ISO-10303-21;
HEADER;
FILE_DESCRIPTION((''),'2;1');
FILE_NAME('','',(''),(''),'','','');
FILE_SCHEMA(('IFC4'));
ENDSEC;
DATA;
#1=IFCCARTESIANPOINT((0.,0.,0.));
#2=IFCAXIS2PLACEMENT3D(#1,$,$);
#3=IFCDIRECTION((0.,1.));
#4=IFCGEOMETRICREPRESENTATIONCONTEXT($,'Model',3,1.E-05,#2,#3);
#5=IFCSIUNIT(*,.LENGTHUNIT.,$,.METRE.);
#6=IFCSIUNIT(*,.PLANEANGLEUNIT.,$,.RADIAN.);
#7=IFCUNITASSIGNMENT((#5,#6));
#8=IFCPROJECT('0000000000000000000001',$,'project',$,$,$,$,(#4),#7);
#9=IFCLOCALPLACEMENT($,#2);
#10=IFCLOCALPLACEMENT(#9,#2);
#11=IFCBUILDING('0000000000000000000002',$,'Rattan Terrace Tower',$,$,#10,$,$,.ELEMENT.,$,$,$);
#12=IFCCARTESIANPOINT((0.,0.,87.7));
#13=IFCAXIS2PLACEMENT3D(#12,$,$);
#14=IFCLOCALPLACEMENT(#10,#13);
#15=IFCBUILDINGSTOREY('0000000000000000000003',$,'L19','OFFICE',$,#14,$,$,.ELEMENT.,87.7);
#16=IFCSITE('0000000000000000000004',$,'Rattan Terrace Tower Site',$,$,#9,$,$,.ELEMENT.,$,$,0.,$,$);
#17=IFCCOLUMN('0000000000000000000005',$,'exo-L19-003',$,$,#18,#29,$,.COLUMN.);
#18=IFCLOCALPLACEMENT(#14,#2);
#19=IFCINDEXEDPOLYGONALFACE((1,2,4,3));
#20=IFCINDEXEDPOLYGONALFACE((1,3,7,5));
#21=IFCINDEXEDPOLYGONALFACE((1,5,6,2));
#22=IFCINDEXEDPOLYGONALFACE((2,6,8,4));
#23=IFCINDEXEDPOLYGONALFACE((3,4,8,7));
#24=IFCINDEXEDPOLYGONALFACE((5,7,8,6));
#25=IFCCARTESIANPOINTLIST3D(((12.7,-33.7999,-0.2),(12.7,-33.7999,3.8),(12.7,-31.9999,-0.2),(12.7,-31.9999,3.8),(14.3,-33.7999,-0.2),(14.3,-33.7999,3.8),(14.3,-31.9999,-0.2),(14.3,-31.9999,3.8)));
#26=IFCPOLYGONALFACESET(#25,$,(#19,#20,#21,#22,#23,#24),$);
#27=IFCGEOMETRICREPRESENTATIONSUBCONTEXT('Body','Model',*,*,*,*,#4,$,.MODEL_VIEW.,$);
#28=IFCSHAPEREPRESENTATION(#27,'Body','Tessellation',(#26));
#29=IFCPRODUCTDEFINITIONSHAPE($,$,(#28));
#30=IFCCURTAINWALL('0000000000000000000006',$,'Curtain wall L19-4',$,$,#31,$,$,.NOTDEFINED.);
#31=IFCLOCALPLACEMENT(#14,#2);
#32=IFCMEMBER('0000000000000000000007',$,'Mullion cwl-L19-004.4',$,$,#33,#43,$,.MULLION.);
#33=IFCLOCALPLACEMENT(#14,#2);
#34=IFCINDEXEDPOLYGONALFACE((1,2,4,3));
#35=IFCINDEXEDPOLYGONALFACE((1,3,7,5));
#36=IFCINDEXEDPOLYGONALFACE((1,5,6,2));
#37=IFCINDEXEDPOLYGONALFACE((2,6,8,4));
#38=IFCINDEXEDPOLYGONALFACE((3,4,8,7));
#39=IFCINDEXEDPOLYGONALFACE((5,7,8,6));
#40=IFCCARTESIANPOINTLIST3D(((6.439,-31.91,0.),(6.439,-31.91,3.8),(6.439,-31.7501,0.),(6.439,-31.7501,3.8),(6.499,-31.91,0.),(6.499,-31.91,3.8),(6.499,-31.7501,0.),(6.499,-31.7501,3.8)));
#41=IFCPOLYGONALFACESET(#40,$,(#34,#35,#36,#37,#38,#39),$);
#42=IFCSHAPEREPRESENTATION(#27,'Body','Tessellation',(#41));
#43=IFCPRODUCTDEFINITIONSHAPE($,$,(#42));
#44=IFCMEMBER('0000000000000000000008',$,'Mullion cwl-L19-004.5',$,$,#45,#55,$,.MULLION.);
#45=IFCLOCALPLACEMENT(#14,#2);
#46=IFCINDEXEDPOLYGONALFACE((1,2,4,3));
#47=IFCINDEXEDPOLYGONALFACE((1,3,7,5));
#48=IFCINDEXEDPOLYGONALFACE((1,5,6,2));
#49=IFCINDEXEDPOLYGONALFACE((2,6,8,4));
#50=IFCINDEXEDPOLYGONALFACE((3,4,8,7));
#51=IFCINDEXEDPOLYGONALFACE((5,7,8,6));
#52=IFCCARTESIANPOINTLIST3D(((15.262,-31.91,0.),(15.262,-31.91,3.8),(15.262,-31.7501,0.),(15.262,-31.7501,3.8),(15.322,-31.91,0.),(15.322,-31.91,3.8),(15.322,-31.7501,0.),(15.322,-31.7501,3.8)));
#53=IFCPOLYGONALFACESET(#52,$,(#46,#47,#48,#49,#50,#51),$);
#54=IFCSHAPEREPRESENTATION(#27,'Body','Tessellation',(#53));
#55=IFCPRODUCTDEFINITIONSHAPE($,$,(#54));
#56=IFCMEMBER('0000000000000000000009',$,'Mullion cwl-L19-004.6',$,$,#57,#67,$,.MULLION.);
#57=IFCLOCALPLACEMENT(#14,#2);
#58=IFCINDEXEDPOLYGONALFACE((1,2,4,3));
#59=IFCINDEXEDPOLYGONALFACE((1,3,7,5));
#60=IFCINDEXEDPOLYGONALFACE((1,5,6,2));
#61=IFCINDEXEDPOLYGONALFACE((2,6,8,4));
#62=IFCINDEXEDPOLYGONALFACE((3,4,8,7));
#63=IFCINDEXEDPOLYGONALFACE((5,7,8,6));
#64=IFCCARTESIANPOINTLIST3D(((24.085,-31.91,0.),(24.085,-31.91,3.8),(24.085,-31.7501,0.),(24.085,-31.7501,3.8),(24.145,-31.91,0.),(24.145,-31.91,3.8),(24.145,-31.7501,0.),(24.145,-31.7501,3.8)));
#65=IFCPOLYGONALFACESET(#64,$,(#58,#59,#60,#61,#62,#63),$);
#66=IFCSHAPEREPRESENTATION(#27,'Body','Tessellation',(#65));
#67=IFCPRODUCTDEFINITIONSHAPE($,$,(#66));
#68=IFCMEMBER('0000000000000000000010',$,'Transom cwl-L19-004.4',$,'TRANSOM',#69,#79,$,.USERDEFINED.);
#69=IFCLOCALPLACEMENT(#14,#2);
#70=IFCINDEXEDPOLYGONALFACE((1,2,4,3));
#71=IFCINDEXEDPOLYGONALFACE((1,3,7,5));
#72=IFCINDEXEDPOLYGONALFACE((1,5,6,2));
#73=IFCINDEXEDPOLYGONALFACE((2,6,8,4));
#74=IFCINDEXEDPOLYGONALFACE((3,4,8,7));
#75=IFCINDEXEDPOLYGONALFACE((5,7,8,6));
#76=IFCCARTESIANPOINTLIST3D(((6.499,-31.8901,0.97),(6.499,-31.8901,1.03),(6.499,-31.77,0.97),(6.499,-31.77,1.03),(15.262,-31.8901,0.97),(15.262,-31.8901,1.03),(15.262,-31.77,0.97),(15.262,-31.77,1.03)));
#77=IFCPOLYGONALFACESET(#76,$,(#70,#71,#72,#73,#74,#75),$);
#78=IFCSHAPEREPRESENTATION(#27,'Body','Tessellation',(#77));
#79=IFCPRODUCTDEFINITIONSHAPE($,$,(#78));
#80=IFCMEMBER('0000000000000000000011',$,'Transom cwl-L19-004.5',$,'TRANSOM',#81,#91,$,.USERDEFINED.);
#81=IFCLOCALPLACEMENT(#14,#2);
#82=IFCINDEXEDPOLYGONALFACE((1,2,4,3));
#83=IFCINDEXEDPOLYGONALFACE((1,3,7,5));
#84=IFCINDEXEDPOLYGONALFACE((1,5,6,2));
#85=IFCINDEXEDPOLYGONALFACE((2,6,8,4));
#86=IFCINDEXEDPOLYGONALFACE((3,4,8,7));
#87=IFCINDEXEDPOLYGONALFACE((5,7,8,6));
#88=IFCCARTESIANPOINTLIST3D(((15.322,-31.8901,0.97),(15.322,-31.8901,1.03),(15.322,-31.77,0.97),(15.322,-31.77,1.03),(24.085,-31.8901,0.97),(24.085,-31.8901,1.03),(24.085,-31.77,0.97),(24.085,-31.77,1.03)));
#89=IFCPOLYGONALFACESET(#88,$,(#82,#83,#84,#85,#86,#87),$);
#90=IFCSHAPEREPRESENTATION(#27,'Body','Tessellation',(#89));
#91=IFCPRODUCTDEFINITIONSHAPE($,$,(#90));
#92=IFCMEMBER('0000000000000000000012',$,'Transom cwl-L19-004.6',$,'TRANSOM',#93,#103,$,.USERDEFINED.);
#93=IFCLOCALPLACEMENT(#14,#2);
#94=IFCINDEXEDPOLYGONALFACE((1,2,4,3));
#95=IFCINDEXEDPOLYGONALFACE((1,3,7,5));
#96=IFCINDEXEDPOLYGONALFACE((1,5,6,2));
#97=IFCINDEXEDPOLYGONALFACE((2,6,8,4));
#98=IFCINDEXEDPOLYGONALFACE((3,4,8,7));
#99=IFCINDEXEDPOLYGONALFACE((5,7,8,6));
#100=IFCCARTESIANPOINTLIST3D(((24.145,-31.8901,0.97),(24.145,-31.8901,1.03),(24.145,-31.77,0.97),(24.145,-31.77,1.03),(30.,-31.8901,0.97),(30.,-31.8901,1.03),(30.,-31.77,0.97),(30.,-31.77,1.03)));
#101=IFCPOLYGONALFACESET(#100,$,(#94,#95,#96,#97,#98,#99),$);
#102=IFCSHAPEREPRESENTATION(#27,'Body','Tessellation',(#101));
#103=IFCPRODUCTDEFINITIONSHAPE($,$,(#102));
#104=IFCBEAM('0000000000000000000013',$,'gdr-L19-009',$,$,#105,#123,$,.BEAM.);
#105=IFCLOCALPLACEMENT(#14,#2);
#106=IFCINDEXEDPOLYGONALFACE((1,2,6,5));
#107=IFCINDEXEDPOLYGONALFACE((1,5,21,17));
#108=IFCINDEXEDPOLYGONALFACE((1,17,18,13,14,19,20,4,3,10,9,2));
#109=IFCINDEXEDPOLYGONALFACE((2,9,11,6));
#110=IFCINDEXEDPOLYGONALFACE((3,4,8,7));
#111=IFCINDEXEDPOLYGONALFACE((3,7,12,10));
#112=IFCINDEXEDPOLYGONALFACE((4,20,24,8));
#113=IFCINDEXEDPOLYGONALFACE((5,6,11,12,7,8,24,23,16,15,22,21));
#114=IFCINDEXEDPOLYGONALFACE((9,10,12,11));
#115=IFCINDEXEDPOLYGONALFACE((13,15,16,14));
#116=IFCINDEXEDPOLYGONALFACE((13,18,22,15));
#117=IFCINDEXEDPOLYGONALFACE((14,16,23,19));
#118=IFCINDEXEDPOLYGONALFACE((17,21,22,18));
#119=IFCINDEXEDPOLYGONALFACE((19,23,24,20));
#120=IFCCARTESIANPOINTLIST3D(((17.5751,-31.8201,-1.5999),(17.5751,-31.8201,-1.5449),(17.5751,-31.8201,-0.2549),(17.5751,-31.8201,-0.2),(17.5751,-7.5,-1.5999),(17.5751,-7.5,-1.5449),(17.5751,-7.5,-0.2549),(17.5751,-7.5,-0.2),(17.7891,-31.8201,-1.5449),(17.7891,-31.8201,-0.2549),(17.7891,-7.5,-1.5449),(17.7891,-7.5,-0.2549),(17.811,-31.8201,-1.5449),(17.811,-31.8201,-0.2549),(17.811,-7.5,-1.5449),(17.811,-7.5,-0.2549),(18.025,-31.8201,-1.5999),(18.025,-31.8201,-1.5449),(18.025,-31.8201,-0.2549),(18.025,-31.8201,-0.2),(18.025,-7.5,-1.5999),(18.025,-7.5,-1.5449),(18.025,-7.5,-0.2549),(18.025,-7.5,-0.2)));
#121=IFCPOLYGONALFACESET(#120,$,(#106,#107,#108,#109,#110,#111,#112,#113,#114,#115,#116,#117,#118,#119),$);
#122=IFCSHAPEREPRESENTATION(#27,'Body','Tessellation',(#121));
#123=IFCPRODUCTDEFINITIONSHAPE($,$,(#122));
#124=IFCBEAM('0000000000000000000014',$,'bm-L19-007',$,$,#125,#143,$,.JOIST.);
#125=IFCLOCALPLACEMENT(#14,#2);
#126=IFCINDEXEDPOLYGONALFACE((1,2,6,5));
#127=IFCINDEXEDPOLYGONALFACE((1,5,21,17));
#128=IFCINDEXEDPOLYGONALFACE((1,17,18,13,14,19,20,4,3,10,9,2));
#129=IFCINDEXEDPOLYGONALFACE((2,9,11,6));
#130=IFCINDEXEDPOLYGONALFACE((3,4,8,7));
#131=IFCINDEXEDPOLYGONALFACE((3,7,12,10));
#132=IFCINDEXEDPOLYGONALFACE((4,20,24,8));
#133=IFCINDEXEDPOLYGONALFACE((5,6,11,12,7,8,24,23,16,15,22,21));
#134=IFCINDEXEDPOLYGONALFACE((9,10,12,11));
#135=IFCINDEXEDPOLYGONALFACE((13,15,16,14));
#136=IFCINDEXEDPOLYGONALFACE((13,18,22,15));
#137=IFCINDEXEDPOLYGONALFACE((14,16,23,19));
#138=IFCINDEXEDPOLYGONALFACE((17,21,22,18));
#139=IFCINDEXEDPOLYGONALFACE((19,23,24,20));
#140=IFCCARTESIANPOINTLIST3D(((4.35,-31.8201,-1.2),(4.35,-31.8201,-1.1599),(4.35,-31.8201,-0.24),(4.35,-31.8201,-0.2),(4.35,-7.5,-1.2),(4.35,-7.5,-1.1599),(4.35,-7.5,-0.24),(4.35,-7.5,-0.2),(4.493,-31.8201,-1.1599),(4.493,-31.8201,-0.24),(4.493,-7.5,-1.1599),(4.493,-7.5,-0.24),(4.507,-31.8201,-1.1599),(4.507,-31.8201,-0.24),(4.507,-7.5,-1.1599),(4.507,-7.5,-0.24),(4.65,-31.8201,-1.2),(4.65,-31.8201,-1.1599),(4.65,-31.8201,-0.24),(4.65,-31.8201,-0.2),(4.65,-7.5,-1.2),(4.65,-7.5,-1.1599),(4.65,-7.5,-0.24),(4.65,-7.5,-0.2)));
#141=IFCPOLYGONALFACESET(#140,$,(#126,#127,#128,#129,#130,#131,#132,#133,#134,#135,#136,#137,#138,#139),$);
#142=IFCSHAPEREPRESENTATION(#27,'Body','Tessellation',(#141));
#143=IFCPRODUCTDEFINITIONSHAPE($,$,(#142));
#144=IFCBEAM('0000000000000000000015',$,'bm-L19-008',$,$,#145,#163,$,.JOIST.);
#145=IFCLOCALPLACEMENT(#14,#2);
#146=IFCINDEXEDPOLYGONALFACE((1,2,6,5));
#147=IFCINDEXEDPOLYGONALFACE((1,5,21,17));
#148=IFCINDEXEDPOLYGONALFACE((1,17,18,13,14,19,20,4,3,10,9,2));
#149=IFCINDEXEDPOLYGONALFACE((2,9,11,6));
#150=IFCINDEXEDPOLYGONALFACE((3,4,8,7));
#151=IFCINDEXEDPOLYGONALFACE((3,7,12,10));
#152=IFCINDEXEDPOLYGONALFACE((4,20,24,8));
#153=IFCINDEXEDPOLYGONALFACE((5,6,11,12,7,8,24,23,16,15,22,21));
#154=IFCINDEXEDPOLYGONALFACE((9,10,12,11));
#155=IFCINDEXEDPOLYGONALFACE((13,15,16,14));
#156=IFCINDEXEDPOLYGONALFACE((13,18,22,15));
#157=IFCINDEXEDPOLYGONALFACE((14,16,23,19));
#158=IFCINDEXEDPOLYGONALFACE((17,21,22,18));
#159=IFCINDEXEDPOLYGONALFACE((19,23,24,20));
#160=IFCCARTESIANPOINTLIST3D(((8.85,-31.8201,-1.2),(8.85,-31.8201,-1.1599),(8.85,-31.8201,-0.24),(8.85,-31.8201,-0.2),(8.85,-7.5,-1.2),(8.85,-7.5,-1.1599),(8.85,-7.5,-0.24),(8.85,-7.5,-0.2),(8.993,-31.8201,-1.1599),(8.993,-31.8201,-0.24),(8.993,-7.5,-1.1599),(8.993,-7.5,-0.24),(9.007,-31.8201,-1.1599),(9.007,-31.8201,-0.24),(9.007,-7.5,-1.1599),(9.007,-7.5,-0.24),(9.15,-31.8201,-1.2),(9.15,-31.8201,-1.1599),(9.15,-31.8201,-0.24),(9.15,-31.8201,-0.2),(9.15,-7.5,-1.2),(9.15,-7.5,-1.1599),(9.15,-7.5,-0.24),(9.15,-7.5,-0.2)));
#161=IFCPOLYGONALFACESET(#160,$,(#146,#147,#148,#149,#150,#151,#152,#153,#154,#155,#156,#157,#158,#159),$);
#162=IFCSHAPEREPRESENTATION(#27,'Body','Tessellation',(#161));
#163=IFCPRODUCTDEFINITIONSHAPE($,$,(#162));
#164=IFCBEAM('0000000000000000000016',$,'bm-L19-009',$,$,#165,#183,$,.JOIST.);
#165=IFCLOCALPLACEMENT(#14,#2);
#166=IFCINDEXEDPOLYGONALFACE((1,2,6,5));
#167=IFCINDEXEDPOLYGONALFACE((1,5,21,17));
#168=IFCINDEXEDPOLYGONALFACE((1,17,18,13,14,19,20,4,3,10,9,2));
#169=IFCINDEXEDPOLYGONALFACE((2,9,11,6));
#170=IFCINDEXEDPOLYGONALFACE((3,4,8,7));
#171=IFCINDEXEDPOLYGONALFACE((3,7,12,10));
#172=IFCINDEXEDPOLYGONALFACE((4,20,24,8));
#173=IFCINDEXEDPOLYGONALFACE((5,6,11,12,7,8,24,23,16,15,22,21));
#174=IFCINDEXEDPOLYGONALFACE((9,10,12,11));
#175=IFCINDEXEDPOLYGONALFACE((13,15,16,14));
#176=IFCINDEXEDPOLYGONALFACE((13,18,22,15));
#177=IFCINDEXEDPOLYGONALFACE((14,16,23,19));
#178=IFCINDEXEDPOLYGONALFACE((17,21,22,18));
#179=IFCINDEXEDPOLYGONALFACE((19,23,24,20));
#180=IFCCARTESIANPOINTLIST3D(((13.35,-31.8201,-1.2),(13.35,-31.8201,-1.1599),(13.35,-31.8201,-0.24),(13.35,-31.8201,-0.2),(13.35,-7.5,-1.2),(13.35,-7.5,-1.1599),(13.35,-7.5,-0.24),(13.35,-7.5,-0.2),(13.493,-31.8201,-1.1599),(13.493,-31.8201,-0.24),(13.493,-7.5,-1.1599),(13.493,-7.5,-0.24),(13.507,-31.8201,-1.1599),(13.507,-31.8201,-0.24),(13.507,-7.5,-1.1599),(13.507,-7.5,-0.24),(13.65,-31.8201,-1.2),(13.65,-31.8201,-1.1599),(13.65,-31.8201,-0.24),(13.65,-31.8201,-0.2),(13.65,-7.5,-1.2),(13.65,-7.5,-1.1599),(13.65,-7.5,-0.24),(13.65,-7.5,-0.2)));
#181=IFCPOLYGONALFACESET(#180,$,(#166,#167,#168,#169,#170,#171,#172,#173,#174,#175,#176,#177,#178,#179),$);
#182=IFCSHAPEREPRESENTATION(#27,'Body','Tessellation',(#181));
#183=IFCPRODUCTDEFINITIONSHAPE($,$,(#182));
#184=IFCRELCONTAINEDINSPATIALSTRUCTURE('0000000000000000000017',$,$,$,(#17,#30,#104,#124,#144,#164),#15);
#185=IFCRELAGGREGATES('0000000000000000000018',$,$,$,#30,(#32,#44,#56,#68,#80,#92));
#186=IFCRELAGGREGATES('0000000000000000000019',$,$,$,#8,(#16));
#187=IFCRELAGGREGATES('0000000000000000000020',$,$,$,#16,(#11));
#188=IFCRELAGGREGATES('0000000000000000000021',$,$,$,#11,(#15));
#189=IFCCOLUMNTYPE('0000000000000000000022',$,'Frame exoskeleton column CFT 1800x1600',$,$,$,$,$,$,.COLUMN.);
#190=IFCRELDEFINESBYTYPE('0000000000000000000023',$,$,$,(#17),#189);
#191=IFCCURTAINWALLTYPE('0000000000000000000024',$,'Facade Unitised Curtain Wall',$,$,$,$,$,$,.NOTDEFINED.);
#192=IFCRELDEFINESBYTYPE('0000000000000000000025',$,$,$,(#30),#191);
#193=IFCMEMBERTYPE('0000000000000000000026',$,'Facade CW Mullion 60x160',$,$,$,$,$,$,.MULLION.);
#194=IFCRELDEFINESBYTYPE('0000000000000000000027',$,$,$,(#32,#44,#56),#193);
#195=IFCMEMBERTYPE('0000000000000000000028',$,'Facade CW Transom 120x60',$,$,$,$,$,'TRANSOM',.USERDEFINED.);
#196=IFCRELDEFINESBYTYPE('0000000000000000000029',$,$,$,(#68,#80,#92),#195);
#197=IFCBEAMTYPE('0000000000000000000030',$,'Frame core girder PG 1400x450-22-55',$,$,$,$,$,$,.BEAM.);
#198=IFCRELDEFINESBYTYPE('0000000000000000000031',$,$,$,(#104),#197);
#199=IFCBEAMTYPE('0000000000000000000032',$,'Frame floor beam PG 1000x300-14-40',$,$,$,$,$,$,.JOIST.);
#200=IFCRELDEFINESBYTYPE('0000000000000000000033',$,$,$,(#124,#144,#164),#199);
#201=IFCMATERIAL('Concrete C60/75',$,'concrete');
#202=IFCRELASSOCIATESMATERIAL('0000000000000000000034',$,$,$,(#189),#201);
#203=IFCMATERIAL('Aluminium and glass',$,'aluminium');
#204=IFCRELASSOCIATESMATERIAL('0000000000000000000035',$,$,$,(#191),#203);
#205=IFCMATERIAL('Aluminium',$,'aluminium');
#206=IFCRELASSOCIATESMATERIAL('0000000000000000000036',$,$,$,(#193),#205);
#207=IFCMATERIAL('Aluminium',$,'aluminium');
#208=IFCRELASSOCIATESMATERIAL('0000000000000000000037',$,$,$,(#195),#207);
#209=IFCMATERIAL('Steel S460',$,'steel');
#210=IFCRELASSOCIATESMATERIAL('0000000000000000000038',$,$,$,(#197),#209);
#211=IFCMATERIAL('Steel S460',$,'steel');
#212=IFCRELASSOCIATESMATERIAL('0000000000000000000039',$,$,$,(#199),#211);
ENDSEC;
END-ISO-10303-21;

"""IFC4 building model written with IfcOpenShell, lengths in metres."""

from ifc_helpers import new_model, si_unit, direction, frame, origin, origin_2d, place, context, subcontext, project, spatial, rectangle, i_section, extrude, material, material_profile, profile_set, type_object, element, aggregate, save


model = new_model("IFC4")

# Units and contexts
model_context = context("Model", 3, precision=1e-05, world=origin(), true_north=direction((0.0, 1.0)))
body_context = subcontext(model_context, "Body", "Model", "MODEL_VIEW")
ifc_project = project(units=[si_unit("LENGTHUNIT", "METRE"), si_unit("PLANEANGLEUNIT", "RADIAN")], contexts=[model_context])

# Site, building, storey
site_placement = place(None, origin())
site = spatial("IfcSite", under=ifc_project, at=site_placement, Name="Rattan Terrace Tower Site", CompositionType="ELEMENT", RefElevation=0.0)
building_placement = place(site_placement, origin())
building = spatial("IfcBuilding", under=site, at=building_placement, Name="Rattan Terrace Tower", CompositionType="ELEMENT")
storey_placement = place(building_placement, frame((0.0, 0.0, 87.7)))
storey = spatial("IfcBuildingStorey", under=building, at=storey_placement, Name="L19", Description="OFFICE", CompositionType="ELEMENT", Elevation=87.7)

# Column
ifc_material_1 = material(Name="Concrete C60/75", Category="concrete")
ifc_material_profile_1 = material_profile(ifc_material_1, rectangle(XDim=1.6001, YDim=1.8, at=origin_2d()), Name="CFT 1800x1600")
ifc_profile_set_1 = profile_set([ifc_material_profile_1], Name="Concrete C60/75")
column_type = type_object("IfcColumnType", Name="Frame exoskeleton column CFT 1800x1600", PredefinedType="COLUMN", material=ifc_profile_set_1)
column_placement = place(storey_placement, frame((13.5, -32.8999, -0.2), z_axis=(0.0, 0.0, 1.0), x_axis=(1.0, 0.0, 0.0)))
element("IfcColumn", 1, at=column_placement, inside=storey, type_object=column_type, Name="exo-L19-003", PredefinedType="COLUMN", context=body_context, shape_type="SweptSolid", body=[
    extrude(rectangle(XDim=1.6001, YDim=1.8, at=origin_2d()), origin(), (0.0, 0.0, 1.0), 4.0),
])

# Curtain wall, members
ifc_material_2 = material(Name="Aluminium and glass", Category="aluminium")
curtain_wall_type = type_object("IfcCurtainWallType", Name="Facade Unitised Curtain Wall", PredefinedType="NOTDEFINED", material=ifc_material_2)
curtain_wall_placement = place(storey_placement, origin())
curtain_wall = element("IfcCurtainWall", 2, at=curtain_wall_placement, inside=storey, type_object=curtain_wall_type, Name="Curtain wall L19-4", PredefinedType="NOTDEFINED")
ifc_material_3 = material(Name="Aluminium", Category="aluminium")
ifc_material_profile_2 = material_profile(ifc_material_3, rectangle(XDim=0.0601, YDim=0.1599, at=origin_2d()), Name="Aluminium 60x160")
ifc_profile_set_2 = profile_set([ifc_material_profile_2], Name="Aluminium")
member_type_1 = type_object("IfcMemberType", Name="Facade CW Mullion 60x160", PredefinedType="MULLION", material=ifc_profile_set_2)
member_1_placement = place(storey_placement, frame((6.469, -31.8301, 0.0), z_axis=(0.0, 0.0, 1.0), x_axis=(1.0, 0.0, 0.0)))
member_1 = element("IfcMember", 3, at=member_1_placement, type_object=member_type_1, Name="Mullion cwl-L19-004.4", PredefinedType="MULLION", context=body_context, shape_type="SweptSolid", body=[
    extrude(rectangle(XDim=0.0601, YDim=0.1599, at=origin_2d()), origin(), (0.0, 0.0, 1.0), 3.8),
])
member_2_placement = place(storey_placement, frame((15.292, -31.8301, 0.0), z_axis=(0.0, 0.0, 1.0), x_axis=(1.0, 0.0, 0.0)))
member_2 = element("IfcMember", 4, at=member_2_placement, type_object=member_type_1, Name="Mullion cwl-L19-004.5", PredefinedType="MULLION", context=body_context, shape_type="SweptSolid", body=[
    extrude(rectangle(XDim=0.0601, YDim=0.1599, at=origin_2d()), origin(), (0.0, 0.0, 1.0), 3.8),
])
member_3_placement = place(storey_placement, frame((24.115, -31.8301, 0.0), z_axis=(0.0, 0.0, 1.0), x_axis=(1.0, 0.0, 0.0)))
member_3 = element("IfcMember", 5, at=member_3_placement, type_object=member_type_1, Name="Mullion cwl-L19-004.6", PredefinedType="MULLION", context=body_context, shape_type="SweptSolid", body=[
    extrude(rectangle(XDim=0.0601, YDim=0.1599, at=origin_2d()), origin(), (0.0, 0.0, 1.0), 3.8),
])
ifc_material_4 = material(Name="Aluminium", Category="aluminium")
ifc_material_profile_3 = material_profile(ifc_material_4, rectangle(XDim=0.1201, YDim=0.0601, at=origin_2d()), Name="Aluminium 120x60")
ifc_profile_set_3 = profile_set([ifc_material_profile_3], Name="Aluminium")
member_type_2 = type_object("IfcMemberType", Name="Facade CW Transom 120x60", ElementType="TRANSOM", PredefinedType="USERDEFINED", material=ifc_profile_set_3)
member_4_placement = place(storey_placement, frame((6.499, -31.8301, 1.0), z_axis=(1.0, 0.0, 0.0), x_axis=(0.0, 1.0, 0.0)))
member_4 = element("IfcMember", 6, at=member_4_placement, type_object=member_type_2, Name="Transom cwl-L19-004.4", ObjectType="TRANSOM", PredefinedType="USERDEFINED", context=body_context, shape_type="SweptSolid", body=[
    extrude(rectangle(XDim=0.1201, YDim=0.0601, at=origin_2d()), origin(), (0.0, 0.0, 1.0), 8.7629),
])
member_5_placement = place(storey_placement, frame((15.322, -31.8301, 1.0), z_axis=(1.0, 0.0, 0.0), x_axis=(0.0, 1.0, 0.0)))
member_5 = element("IfcMember", 7, at=member_5_placement, type_object=member_type_2, Name="Transom cwl-L19-004.5", ObjectType="TRANSOM", PredefinedType="USERDEFINED", context=body_context, shape_type="SweptSolid", body=[
    extrude(rectangle(XDim=0.1201, YDim=0.0601, at=origin_2d()), origin(), (0.0, 0.0, 1.0), 8.7629),
])
member_6_placement = place(storey_placement, frame((24.145, -31.8301, 1.0), z_axis=(1.0, 0.0, 0.0), x_axis=(0.0, 1.0, 0.0)))
member_6 = element("IfcMember", 8, at=member_6_placement, type_object=member_type_2, Name="Transom cwl-L19-004.6", ObjectType="TRANSOM", PredefinedType="USERDEFINED", context=body_context, shape_type="SweptSolid", body=[
    extrude(rectangle(XDim=0.1201, YDim=0.0601, at=origin_2d()), origin(), (0.0, 0.0, 1.0), 5.855),
])

# Beams
ifc_material_5 = material(Name="Steel S460", Category="steel")
ifc_material_profile_4 = material_profile(ifc_material_5, i_section(OverallWidth=0.45, OverallDepth=1.3999, WebThickness=0.022, FlangeThickness=0.0549, at=origin_2d()), Name="PG 1400x450-22-55")
ifc_profile_set_4 = profile_set([ifc_material_profile_4], Name="Steel S460")
beam_type_1 = type_object("IfcBeamType", Name="Frame core girder PG 1400x450-22-55", PredefinedType="BEAM", material=ifc_profile_set_4)
beam_placement = place(storey_placement, frame((17.8, -31.8201, -0.8999), z_axis=(0.0, 1.0, 0.0), x_axis=(-1.0, 0.0, 0.0)))
element("IfcBeam", 9, at=beam_placement, inside=storey, type_object=beam_type_1, Name="gdr-L19-009", PredefinedType="BEAM", context=body_context, shape_type="SweptSolid", body=[
    extrude(i_section(OverallWidth=0.45, OverallDepth=1.3999, WebThickness=0.022, FlangeThickness=0.0549, at=origin_2d()), origin(), (0.0, 0.0, 1.0), 24.3201),
])
ifc_material_6 = material(Name="Steel S460", Category="steel")
ifc_material_profile_5 = material_profile(ifc_material_6, i_section(OverallWidth=0.3, OverallDepth=1.0, WebThickness=0.0139, FlangeThickness=0.04, at=origin_2d()), Name="PG 1000x300-14-40")
ifc_profile_set_5 = profile_set([ifc_material_profile_5], Name="Steel S460")
beam_type_2 = type_object("IfcBeamType", Name="Frame floor beam PG 1000x300-14-40", PredefinedType="JOIST", material=ifc_profile_set_5)
for number, where, z_axis, x_axis, name in (
    (10, (4.5, -31.8201, -0.7), (0.0, 1.0, 0.0), (-1.0, 0.0, 0.0), "bm-L19-007"),
    (11, (9.0, -31.8201, -0.7), (0.0, 1.0, 0.0), (-1.0, 0.0, 0.0), "bm-L19-008"),
    (12, (13.5, -31.8201, -0.7), (0.0, 1.0, 0.0), (-1.0, 0.0, 0.0), "bm-L19-009"),
):
    element("IfcBeam", number, at=place(storey_placement, frame(where, z_axis=z_axis, x_axis=x_axis)), inside=storey, type_object=beam_type_2, Name=name, PredefinedType="JOIST", context=body_context, shape_type="SweptSolid", body=[
        extrude(i_section(OverallWidth=0.3, OverallDepth=1.0, WebThickness=0.0139, FlangeThickness=0.04, at=origin_2d()), origin(), (0.0, 0.0, 1.0), 24.3201),
    ])

aggregate(curtain_wall, [member_1, member_2, member_3, member_4, member_5, member_6])

save(model, "model.ifc")
